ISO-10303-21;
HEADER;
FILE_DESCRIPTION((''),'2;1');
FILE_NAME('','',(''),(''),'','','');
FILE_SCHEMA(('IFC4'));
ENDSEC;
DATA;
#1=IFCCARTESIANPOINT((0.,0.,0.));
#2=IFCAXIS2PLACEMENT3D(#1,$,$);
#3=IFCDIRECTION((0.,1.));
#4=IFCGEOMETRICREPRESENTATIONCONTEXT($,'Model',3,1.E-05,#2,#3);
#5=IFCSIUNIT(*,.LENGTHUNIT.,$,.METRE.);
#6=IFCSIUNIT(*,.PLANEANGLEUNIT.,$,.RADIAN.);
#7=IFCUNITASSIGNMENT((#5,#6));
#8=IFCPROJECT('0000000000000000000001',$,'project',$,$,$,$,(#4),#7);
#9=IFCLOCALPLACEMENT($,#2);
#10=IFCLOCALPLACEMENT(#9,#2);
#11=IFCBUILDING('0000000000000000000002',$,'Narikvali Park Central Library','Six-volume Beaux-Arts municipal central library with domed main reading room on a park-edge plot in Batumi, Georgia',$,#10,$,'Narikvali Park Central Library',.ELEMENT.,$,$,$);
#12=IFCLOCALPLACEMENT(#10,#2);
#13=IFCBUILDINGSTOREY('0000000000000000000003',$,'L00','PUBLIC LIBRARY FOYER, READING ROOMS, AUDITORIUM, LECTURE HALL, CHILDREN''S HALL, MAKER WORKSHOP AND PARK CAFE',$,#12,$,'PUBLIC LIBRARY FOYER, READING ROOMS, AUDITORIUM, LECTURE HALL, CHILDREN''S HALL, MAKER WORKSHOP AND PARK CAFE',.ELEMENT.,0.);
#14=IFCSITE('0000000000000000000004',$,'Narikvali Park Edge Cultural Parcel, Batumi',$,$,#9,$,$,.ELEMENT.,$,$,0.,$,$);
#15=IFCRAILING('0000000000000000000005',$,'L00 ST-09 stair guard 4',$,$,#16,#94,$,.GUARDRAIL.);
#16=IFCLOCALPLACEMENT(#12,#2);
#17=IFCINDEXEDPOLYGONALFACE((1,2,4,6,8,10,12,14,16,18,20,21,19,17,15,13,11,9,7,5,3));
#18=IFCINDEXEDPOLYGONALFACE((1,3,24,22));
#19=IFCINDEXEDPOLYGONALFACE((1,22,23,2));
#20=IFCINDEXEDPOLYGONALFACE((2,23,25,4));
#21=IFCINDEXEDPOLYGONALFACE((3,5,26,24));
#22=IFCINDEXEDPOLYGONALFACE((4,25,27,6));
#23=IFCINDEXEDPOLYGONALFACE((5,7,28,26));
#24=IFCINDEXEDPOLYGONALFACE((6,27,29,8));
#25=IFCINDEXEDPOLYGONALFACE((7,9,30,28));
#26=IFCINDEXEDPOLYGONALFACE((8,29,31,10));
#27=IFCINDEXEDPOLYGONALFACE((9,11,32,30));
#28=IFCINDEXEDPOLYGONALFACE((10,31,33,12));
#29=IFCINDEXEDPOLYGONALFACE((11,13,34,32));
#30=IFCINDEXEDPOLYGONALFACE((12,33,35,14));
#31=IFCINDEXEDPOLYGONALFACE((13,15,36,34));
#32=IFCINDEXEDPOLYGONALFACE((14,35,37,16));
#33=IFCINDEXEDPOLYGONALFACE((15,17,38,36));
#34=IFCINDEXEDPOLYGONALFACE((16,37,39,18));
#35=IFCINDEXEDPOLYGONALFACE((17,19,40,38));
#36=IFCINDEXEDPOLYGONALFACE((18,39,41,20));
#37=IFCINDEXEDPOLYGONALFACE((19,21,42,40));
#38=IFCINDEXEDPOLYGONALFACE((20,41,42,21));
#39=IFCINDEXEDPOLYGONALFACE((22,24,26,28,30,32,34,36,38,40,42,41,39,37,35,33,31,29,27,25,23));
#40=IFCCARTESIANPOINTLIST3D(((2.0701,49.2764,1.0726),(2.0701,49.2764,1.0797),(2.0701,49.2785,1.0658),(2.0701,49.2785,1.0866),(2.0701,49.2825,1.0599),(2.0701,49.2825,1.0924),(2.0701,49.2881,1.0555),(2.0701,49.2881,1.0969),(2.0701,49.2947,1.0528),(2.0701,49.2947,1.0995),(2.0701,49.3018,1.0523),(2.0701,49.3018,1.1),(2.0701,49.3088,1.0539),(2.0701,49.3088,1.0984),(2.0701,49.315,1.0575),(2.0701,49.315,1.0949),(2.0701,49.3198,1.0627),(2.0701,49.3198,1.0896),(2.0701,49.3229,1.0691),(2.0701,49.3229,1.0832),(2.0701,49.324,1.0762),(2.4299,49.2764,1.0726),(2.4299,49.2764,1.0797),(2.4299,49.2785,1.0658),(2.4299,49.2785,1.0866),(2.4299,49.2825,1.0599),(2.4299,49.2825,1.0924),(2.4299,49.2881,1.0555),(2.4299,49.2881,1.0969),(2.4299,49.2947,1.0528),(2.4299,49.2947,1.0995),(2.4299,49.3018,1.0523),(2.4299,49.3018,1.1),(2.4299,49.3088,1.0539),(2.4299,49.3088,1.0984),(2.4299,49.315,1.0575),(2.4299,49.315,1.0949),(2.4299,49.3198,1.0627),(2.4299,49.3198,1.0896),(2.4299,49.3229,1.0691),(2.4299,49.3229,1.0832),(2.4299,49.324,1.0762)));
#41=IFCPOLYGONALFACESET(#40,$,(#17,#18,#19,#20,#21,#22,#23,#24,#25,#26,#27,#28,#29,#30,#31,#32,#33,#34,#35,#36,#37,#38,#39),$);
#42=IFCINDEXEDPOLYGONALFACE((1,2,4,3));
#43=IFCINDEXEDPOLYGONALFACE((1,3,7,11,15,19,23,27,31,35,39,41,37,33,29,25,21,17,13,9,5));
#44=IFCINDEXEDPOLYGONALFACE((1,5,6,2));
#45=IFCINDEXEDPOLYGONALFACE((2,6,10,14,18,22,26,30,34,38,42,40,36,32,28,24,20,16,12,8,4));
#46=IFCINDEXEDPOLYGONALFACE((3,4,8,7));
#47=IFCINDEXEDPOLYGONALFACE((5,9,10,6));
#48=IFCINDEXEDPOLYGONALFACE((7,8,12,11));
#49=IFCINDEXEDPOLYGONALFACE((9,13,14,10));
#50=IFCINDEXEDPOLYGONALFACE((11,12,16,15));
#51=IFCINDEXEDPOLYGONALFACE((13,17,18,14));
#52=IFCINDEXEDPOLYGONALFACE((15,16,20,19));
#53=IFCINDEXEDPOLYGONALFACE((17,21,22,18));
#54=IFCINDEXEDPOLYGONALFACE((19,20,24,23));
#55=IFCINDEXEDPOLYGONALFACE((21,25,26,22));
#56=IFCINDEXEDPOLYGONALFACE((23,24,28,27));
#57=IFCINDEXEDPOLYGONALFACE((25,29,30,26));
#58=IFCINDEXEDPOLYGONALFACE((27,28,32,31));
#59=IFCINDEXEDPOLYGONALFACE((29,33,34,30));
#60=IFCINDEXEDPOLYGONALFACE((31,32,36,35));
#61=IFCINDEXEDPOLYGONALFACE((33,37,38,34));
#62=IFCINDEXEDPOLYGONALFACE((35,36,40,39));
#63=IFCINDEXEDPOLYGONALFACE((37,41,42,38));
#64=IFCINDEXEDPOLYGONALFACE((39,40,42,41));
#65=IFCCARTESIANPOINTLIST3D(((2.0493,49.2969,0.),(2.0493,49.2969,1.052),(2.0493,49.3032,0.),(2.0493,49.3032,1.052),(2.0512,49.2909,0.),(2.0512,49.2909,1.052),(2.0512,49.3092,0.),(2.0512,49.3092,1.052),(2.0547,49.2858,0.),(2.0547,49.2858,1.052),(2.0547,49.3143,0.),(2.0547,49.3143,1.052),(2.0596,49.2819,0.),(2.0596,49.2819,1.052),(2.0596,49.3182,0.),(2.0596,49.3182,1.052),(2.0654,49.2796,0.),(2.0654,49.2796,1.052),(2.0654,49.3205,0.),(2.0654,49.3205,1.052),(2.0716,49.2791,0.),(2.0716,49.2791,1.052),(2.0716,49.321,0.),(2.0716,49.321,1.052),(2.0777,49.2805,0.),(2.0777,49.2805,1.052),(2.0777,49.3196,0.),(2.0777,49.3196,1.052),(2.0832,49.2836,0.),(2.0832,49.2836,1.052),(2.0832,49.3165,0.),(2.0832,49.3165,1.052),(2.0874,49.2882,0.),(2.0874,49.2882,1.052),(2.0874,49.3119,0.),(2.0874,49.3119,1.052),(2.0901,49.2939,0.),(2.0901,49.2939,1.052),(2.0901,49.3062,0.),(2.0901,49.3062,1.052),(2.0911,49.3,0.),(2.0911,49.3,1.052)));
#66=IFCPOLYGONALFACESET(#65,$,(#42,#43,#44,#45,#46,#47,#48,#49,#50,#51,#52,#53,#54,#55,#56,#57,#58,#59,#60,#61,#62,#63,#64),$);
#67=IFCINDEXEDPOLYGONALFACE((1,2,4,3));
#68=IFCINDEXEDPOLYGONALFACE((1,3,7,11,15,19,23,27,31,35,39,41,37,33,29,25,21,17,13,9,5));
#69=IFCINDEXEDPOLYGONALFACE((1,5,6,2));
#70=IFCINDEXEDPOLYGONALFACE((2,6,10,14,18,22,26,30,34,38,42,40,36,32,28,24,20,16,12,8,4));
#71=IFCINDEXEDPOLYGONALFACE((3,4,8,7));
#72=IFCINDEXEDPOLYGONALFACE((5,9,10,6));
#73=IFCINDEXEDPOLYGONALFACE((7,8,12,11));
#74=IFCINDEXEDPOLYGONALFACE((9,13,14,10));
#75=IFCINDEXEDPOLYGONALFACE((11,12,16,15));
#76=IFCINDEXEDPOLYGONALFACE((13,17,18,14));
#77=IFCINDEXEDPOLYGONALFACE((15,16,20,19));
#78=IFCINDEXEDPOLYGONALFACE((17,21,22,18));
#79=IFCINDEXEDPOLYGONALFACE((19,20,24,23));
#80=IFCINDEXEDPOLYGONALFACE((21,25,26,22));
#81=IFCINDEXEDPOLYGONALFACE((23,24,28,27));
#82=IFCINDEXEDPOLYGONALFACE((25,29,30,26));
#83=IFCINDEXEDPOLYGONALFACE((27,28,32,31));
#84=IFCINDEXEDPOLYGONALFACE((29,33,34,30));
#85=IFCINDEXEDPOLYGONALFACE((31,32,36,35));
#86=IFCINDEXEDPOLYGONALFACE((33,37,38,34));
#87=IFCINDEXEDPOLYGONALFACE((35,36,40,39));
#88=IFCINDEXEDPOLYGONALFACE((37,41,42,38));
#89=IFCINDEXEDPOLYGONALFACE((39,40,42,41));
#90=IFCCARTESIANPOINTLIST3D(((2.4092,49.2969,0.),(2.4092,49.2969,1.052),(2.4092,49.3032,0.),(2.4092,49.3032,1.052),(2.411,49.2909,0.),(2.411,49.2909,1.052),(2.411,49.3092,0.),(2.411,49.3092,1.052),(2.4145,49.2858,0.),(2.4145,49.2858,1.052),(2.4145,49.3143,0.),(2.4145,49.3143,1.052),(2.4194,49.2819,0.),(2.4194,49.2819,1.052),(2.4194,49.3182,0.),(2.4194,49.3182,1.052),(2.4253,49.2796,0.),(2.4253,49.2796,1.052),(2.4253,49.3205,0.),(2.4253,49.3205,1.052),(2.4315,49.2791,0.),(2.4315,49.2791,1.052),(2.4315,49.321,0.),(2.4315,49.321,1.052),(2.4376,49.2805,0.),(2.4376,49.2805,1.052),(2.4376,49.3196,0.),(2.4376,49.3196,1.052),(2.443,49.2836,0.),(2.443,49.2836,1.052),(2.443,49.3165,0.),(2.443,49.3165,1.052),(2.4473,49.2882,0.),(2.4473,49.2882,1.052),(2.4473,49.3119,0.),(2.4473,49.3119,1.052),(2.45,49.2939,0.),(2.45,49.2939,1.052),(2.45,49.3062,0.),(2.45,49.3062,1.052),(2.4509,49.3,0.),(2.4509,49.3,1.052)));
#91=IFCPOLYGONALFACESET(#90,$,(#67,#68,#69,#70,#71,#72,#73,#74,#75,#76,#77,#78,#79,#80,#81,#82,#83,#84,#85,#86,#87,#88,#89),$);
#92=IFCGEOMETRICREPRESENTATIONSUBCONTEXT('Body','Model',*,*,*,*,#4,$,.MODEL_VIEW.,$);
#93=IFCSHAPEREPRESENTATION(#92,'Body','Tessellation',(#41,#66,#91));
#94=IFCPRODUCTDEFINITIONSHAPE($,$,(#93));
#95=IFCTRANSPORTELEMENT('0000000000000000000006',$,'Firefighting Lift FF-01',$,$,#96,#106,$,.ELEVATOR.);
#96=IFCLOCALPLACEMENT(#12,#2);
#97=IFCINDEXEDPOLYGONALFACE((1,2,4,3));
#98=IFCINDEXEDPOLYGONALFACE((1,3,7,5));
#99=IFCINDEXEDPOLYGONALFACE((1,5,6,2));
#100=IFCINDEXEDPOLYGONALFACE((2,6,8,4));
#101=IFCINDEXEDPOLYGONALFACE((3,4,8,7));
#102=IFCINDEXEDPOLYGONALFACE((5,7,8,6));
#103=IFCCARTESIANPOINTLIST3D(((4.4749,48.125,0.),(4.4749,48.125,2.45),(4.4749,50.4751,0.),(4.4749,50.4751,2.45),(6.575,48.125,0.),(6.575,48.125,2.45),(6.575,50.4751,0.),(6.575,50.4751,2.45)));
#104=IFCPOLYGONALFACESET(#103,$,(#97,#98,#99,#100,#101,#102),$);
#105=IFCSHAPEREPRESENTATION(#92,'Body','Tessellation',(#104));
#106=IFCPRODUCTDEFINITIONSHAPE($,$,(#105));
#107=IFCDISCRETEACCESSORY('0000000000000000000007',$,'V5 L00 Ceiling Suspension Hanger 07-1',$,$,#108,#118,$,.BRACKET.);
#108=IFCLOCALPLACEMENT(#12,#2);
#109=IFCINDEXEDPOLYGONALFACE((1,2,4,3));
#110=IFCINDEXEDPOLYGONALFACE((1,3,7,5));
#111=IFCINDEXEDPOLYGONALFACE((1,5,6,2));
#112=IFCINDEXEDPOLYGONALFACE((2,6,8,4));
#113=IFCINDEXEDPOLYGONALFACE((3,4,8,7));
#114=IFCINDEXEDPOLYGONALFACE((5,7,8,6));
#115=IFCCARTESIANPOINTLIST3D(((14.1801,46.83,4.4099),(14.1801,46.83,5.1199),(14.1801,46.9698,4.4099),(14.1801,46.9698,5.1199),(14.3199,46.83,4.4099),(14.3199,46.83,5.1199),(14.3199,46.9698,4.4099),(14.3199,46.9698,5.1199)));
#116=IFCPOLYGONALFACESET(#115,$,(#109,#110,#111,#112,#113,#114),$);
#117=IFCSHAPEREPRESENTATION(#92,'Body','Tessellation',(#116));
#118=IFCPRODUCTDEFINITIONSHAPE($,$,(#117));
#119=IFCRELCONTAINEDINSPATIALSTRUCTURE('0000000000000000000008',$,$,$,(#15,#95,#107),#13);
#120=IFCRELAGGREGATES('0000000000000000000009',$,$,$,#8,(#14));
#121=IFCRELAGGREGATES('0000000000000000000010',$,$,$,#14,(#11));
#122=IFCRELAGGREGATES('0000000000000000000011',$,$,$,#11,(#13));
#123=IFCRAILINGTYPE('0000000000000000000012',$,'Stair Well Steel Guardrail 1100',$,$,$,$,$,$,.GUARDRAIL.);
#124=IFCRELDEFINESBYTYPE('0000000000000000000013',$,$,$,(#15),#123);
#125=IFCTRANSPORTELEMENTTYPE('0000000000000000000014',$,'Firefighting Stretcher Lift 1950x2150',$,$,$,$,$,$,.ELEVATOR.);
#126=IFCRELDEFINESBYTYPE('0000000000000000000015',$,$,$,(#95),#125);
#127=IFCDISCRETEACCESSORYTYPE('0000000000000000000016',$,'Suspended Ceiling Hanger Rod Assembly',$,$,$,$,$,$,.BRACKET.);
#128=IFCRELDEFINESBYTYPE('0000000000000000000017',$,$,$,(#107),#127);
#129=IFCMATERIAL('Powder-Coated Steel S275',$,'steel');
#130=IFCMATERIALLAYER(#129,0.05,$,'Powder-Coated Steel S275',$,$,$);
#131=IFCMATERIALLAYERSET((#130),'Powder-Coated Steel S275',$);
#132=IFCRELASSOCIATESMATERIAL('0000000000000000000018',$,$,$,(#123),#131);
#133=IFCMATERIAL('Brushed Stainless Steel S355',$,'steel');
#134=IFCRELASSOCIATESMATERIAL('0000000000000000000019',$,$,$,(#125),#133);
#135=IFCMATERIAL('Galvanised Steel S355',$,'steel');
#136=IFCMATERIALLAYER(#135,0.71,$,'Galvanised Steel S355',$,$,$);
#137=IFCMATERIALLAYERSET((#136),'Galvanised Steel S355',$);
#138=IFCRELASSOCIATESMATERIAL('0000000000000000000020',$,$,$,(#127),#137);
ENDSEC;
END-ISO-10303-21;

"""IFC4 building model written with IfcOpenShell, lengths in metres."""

from ifc_helpers import new_model, si_unit, direction, frame, origin, origin_2d, place, context, subcontext, project, spatial, rectangle, circle, extrude, material, layer, layer_set, type_object, element, save


model = new_model("IFC4")

# Units and contexts
model_context = context("Model", 3, precision=1e-05, world=origin(), true_north=direction((0.0, 1.0)))
body_context = subcontext(model_context, "Body", "Model", "MODEL_VIEW")
ifc_project = project(units=[si_unit("LENGTHUNIT", "METRE"), si_unit("PLANEANGLEUNIT", "RADIAN")], contexts=[model_context])

# Site, building, storey
site_placement = place(None, origin())
site = spatial("IfcSite", under=ifc_project, at=site_placement, Name="Narikvali Park Edge Cultural Parcel, Batumi", CompositionType="ELEMENT", RefElevation=0.0)
building_placement = place(site_placement, origin())
building = spatial("IfcBuilding", under=site, at=building_placement, Name="Narikvali Park Central Library", Description="Six-volume Beaux-Arts municipal central library with domed main reading room on a park-edge plot in Batumi, Georgia", LongName="Narikvali Park Central Library", CompositionType="ELEMENT")
storey_placement = place(building_placement, origin())
storey = spatial("IfcBuildingStorey", under=building, at=storey_placement, Name="L00", Description="PUBLIC LIBRARY FOYER, READING ROOMS, AUDITORIUM, LECTURE HALL, CHILDREN'S HALL, MAKER WORKSHOP AND PARK CAFE", LongName="PUBLIC LIBRARY FOYER, READING ROOMS, AUDITORIUM, LECTURE HALL, CHILDREN'S HALL, MAKER WORKSHOP AND PARK CAFE", CompositionType="ELEMENT", Elevation=0.0)

# Railing
ifc_material_1 = material(Name="Brushed Stainless Steel S355", Category="steel")
ifc_material_2 = material(Name="Powder-Coated Steel S275", Category="steel")
ifc_layer_1 = layer(ifc_material_2, 0.05, Name="Powder-Coated Steel S275")
ifc_layer_set_1 = layer_set([ifc_layer_1], Name="Powder-Coated Steel S275")
railing_type_1 = type_object("IfcRailingType", Name="Stair Well Steel Guardrail 1100", PredefinedType="GUARDRAIL", material=ifc_layer_set_1)
railing_1_placement = place(storey_placement, frame((2.0701, 49.3, 0.0)))
element("IfcRailing", 1, at=railing_1_placement, inside=storey, type_object=railing_type_1, Name="L00 ST-09 stair guard 4", PredefinedType="GUARDRAIL", context=body_context, shape_type="SweptSolid", body=[
    extrude(circle(Radius=0.0239, at=origin_2d()), frame((0.0, 0.0, 1.0762), z_axis=(1.0, 0.0, 0.0), x_axis=(0.0, 1.0, 0.0)), (0.0, 0.0, 1.0), 0.3599),
    extrude(circle(Radius=0.021, at=origin_2d()), origin(), (0.0, 0.0, 1.0), 1.052),
    extrude(circle(Radius=0.021, at=origin_2d()), frame((0.3599, 0.0, 0.0)), (0.0, 0.0, 1.0), 1.052),
])

# Transport element
transport_element_type = type_object("IfcTransportElementType", Name="Firefighting Stretcher Lift 1950x2150", PredefinedType="ELEVATOR", material=ifc_material_1)
transport_element_placement = place(storey_placement, frame((5.5249, 49.3, 0.0), z_axis=(0.0, 0.0, 1.0), x_axis=(1.0, 0.0, 0.0)))
element("IfcTransportElement", 2, at=transport_element_placement, inside=storey, type_object=transport_element_type, Name="Firefighting Lift FF-01", PredefinedType="ELEVATOR", context=body_context, shape_type="SweptSolid", body=[
    extrude(rectangle(XDim=2.1001, YDim=2.3501, at=origin_2d()), origin(), (0.0, 0.0, 1.0), 2.45),
])

# Discrete accessory
ifc_material_3 = material(Name="Galvanised Steel S355", Category="steel")
ifc_layer_2 = layer(ifc_material_3, 0.71, Name="Galvanised Steel S355")
ifc_layer_set_2 = layer_set([ifc_layer_2], Name="Galvanised Steel S355")
discrete_accessory_type = type_object("IfcDiscreteAccessoryType", Name="Suspended Ceiling Hanger Rod Assembly", PredefinedType="BRACKET", material=ifc_layer_set_2)
discrete_accessory_placement = place(storey_placement, frame((14.25, 46.8999, 4.4099), z_axis=(0.0, 0.0, 1.0), x_axis=(1.0, 0.0, 0.0)))
element("IfcDiscreteAccessory", 3, at=discrete_accessory_placement, inside=storey, type_object=discrete_accessory_type, Name="V5 L00 Ceiling Suspension Hanger 07-1", PredefinedType="BRACKET", context=body_context, shape_type="SweptSolid", body=[
    extrude(rectangle(XDim=0.1399, YDim=0.1399, at=origin_2d()), origin(), (0.0, 0.0, 1.0), 0.71),
])

save(model, "model.ifc")
